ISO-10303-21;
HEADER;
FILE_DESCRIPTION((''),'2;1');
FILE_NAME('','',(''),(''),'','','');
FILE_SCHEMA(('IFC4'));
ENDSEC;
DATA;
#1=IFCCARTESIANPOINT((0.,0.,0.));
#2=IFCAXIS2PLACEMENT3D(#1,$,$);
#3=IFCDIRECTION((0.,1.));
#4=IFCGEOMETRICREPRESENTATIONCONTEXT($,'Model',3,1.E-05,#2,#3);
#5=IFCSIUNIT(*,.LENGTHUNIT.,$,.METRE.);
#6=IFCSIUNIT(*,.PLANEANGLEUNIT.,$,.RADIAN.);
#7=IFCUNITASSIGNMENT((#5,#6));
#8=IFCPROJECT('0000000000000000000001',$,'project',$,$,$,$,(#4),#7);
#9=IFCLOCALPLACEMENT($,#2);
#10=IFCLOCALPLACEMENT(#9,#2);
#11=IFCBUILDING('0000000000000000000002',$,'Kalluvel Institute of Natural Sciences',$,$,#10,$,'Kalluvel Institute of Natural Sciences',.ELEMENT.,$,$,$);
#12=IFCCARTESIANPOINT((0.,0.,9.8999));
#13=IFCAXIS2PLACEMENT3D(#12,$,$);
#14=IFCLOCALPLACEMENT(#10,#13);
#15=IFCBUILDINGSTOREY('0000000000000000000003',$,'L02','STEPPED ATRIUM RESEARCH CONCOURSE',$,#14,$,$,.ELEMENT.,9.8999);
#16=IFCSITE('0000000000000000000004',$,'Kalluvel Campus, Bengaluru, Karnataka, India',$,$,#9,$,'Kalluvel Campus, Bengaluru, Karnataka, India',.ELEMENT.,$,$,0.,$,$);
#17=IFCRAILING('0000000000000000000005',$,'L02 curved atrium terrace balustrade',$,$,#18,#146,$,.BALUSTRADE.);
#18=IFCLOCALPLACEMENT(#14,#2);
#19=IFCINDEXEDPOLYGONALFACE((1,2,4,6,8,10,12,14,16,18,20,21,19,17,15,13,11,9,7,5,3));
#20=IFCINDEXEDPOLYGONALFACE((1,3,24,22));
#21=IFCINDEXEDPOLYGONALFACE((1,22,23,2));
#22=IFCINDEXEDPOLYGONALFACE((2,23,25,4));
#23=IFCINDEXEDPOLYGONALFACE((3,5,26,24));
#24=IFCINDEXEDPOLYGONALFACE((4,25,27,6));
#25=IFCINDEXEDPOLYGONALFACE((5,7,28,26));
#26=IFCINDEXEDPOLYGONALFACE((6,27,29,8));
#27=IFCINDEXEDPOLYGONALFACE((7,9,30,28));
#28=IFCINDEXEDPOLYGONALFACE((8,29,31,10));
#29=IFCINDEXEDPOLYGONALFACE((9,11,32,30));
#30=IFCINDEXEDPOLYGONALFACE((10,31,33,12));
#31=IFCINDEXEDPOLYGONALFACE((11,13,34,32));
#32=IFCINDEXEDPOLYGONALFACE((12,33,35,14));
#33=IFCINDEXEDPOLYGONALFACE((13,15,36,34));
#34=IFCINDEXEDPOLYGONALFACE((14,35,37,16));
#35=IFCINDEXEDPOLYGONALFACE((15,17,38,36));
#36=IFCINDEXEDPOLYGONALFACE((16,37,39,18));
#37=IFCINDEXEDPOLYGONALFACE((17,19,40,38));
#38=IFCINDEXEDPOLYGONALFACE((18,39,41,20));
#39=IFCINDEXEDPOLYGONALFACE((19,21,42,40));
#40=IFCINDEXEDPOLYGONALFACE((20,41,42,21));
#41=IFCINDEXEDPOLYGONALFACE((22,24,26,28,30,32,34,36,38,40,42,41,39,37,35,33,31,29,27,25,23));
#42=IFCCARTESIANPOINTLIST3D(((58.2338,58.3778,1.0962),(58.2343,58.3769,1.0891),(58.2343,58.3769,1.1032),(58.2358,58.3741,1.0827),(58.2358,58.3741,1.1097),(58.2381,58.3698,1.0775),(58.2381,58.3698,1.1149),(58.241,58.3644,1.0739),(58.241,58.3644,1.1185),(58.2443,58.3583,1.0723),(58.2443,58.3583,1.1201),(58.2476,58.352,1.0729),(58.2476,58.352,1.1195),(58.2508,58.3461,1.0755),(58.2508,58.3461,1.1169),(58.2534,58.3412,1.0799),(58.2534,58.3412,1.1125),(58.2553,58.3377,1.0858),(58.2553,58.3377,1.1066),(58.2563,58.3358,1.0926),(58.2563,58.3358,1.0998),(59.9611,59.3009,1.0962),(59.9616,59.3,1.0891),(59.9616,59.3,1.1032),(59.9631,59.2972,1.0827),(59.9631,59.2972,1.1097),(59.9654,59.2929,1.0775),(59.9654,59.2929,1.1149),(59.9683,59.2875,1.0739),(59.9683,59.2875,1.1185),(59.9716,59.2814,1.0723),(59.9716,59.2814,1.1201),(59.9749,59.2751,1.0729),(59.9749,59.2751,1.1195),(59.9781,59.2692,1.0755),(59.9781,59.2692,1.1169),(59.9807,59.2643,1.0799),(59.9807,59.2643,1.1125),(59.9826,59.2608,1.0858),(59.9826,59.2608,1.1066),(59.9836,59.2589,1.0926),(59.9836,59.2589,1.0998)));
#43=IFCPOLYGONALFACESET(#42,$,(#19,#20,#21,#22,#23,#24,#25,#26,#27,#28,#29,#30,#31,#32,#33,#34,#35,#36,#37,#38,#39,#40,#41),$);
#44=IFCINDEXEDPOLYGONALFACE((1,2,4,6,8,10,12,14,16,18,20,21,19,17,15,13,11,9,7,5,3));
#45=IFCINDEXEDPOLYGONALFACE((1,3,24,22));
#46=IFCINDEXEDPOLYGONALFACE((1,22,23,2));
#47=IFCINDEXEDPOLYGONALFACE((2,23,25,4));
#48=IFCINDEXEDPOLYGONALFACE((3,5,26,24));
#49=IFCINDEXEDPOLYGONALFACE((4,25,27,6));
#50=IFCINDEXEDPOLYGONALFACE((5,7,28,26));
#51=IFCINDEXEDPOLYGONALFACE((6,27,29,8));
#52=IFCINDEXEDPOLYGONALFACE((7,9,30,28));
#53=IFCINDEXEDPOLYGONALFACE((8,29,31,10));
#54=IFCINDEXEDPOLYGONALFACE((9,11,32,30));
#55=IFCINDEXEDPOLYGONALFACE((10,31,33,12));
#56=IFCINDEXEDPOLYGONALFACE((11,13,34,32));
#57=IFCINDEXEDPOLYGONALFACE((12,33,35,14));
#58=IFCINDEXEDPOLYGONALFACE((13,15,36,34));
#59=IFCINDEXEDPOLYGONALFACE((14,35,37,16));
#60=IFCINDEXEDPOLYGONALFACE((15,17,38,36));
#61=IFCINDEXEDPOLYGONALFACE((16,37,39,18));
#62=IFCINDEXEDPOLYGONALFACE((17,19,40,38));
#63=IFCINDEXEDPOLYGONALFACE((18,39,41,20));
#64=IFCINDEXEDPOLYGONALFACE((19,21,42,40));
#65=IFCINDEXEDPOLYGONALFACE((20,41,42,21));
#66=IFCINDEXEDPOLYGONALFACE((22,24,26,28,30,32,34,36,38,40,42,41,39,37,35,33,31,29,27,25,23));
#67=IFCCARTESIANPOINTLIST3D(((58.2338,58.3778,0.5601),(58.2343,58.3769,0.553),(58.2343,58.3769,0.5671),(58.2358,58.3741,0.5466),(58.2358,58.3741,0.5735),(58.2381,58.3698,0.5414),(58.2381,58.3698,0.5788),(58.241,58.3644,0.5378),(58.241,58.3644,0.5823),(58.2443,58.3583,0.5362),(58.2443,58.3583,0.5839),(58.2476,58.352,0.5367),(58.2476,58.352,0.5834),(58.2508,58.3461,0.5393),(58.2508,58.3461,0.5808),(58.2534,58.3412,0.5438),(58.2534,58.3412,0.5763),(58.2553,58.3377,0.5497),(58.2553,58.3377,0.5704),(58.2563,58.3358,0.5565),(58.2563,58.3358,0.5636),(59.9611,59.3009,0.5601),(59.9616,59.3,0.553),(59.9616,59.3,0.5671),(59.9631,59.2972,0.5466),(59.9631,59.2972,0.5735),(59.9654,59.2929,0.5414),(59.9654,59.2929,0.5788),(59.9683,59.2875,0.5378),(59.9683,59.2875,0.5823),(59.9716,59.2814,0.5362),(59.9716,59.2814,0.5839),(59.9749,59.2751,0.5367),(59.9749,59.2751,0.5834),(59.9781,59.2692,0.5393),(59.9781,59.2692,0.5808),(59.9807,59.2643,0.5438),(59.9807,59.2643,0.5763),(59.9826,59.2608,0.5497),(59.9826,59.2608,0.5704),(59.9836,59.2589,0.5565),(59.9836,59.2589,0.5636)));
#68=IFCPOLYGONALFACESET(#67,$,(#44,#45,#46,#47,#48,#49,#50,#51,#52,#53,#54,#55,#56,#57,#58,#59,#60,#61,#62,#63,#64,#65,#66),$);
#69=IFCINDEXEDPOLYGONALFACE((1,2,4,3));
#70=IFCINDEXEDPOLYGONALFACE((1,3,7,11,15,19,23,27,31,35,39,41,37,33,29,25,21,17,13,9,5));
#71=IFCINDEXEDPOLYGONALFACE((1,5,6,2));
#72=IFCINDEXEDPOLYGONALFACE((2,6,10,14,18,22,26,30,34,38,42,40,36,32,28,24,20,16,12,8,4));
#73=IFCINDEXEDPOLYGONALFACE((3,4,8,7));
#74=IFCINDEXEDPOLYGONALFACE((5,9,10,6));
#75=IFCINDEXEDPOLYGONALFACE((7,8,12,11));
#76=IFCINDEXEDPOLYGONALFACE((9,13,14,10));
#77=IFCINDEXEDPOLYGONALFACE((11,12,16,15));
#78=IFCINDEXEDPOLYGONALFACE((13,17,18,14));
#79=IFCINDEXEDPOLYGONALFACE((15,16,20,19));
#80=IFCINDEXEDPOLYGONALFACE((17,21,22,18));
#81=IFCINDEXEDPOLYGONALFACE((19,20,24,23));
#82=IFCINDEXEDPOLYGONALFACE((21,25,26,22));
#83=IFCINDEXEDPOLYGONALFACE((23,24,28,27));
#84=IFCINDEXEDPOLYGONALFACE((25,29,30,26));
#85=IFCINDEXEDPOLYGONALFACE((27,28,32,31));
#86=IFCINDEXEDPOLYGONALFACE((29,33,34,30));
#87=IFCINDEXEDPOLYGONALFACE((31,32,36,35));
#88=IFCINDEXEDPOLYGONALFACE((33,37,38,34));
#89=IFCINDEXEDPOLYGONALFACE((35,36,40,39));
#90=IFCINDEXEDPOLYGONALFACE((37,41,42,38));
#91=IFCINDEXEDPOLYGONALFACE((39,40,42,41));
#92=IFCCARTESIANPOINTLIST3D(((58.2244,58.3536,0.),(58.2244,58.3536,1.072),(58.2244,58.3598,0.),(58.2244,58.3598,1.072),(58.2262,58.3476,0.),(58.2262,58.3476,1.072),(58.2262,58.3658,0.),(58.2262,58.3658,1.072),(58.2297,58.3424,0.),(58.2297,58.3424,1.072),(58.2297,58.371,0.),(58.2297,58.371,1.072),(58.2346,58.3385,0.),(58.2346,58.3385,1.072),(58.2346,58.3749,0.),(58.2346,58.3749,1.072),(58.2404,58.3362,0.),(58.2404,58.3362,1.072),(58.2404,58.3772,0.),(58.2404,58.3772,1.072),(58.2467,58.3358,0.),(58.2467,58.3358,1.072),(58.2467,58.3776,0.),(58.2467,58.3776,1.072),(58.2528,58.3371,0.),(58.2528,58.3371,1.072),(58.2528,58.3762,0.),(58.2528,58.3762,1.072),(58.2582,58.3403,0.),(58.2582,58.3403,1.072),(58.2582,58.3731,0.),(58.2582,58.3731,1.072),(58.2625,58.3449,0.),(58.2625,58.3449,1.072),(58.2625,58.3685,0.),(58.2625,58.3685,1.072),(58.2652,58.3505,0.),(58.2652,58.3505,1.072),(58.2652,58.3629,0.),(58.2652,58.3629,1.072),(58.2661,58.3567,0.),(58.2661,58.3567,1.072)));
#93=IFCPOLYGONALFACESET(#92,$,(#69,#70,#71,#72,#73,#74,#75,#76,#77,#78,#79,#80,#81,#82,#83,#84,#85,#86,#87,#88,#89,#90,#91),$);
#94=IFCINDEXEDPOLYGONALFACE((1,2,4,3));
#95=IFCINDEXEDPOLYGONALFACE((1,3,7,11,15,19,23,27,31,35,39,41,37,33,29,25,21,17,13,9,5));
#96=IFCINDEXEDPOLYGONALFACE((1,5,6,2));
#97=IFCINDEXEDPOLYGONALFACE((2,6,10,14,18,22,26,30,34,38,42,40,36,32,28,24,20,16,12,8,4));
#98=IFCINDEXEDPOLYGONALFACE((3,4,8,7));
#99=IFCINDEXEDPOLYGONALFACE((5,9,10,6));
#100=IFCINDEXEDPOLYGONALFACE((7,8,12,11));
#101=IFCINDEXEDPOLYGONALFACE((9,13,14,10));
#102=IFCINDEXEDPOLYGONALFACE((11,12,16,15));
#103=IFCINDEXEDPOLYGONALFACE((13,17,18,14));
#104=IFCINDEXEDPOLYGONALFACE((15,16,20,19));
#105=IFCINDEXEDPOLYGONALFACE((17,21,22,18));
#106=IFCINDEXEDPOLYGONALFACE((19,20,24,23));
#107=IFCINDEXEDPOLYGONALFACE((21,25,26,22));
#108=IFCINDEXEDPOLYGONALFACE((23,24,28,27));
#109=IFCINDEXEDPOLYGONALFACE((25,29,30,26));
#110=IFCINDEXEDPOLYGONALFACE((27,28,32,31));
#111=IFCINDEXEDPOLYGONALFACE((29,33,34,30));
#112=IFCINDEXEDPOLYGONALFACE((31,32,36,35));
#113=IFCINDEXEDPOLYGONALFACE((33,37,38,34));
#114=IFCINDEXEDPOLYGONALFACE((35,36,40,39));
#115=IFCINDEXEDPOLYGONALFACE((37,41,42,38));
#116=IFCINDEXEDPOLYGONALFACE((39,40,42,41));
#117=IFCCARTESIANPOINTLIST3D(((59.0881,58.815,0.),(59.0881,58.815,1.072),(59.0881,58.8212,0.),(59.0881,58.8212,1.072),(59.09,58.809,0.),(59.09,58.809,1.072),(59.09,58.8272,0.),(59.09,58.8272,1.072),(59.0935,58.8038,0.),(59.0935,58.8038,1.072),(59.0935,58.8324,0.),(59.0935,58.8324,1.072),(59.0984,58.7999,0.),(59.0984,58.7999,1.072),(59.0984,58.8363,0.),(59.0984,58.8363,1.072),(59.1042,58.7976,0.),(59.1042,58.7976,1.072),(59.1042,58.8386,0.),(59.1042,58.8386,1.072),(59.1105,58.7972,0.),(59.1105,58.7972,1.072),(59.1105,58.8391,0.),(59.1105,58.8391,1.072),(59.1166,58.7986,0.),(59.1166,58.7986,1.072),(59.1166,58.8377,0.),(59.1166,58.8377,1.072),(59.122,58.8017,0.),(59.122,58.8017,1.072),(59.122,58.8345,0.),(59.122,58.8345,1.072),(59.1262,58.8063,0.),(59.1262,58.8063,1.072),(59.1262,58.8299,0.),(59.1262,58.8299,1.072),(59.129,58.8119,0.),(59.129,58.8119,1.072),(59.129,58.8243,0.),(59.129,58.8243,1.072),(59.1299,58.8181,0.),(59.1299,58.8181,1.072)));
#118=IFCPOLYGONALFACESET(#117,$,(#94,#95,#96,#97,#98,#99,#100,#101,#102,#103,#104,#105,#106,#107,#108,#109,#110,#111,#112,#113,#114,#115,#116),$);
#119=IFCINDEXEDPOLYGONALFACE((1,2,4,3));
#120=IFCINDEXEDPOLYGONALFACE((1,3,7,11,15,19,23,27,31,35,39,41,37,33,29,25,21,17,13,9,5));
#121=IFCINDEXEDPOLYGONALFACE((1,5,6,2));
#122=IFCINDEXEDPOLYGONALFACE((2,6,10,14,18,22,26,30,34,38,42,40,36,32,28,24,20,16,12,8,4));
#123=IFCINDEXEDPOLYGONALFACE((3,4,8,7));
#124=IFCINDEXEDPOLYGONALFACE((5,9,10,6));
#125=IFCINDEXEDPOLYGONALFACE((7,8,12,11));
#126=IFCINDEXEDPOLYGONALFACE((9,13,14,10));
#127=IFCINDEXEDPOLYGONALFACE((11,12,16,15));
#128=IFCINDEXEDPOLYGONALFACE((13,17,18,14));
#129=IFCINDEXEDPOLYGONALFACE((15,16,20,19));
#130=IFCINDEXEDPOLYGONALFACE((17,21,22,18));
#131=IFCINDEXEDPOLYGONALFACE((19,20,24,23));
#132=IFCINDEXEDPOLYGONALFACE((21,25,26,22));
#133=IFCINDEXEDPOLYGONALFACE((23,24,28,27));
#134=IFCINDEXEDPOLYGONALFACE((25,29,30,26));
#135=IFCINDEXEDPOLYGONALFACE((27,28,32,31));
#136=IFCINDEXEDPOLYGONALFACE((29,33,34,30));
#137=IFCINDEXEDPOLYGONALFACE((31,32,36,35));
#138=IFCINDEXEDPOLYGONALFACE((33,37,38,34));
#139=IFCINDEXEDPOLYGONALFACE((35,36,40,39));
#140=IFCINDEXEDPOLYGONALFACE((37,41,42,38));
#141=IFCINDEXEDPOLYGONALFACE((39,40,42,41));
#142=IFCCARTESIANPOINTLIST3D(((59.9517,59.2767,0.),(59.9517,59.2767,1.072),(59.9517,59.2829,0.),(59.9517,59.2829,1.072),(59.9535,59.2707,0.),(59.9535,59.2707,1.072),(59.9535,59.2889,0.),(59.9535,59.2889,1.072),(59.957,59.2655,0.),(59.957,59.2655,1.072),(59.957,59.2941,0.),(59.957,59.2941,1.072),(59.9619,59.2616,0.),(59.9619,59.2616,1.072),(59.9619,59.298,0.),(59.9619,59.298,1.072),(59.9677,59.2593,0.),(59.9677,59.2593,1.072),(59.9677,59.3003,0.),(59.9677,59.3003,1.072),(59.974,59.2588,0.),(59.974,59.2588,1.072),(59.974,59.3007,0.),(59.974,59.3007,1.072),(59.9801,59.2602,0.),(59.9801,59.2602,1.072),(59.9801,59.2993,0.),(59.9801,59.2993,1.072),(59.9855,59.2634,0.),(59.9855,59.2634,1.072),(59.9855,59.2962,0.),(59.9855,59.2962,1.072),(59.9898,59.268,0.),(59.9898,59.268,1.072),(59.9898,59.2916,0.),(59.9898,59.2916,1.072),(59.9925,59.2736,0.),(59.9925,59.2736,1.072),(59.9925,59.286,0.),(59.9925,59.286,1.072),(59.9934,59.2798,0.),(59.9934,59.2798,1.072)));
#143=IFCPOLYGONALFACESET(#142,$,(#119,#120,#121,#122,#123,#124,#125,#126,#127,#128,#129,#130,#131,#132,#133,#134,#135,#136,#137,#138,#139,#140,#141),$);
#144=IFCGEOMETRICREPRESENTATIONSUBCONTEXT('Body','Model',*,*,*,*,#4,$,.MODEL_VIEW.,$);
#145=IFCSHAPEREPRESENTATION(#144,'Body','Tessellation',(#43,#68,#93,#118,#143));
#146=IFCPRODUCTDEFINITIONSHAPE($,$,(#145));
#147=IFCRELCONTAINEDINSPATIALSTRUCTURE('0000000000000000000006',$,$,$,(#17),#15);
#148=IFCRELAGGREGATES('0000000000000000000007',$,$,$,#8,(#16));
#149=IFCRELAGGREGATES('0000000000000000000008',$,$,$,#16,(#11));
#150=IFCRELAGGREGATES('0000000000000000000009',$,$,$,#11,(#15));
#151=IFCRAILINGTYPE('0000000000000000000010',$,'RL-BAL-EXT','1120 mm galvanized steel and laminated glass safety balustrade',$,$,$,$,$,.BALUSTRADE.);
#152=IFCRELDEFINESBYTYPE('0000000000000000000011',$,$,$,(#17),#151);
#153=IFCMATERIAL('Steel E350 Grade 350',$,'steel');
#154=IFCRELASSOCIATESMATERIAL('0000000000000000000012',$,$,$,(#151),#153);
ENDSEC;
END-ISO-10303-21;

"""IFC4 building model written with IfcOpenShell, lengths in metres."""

from ifc_helpers import new_model, si_unit, direction, frame, origin, origin_2d, place, context, subcontext, project, spatial, circle, extrude, material, type_object, element, save


model = new_model("IFC4")

# Units and contexts
model_context = context("Model", 3, precision=1e-05, world=origin(), true_north=direction((0.0, 1.0)))
body_context = subcontext(model_context, "Body", "Model", "MODEL_VIEW")
ifc_project = project(units=[si_unit("LENGTHUNIT", "METRE"), si_unit("PLANEANGLEUNIT", "RADIAN")], contexts=[model_context])

# Site, building, storey
site_placement = place(None, origin())
site = spatial("IfcSite", under=ifc_project, at=site_placement, Name="Kalluvel Campus, Bengaluru, Karnataka, India", LongName="Kalluvel Campus, Bengaluru, Karnataka, India", CompositionType="ELEMENT", RefElevation=0.0)
building_placement = place(site_placement, origin())
building = spatial("IfcBuilding", under=site, at=building_placement, Name="Kalluvel Institute of Natural Sciences", LongName="Kalluvel Institute of Natural Sciences", CompositionType="ELEMENT")
storey_placement = place(building_placement, frame((0.0, 0.0, 9.8999)))
storey = spatial("IfcBuildingStorey", under=building, at=storey_placement, Name="L02", Description="STEPPED ATRIUM RESEARCH CONCOURSE", CompositionType="ELEMENT", Elevation=9.8999)

# Railing
ifc_material_1 = material(Name="Steel E350 Grade 350", Category="steel")
railing_type = type_object("IfcRailingType", Name="RL-BAL-EXT", Description="1120 mm galvanized steel and laminated glass safety balustrade", PredefinedType="BALUSTRADE", material=ifc_material_1)
railing_1_placement = place(storey_placement, frame((58.2451, 58.3567, 0.0)))
element("IfcRailing", 1, at=railing_1_placement, inside=storey, type_object=railing_type, Name="L02 curved atrium terrace balustrade", PredefinedType="BALUSTRADE", context=body_context, shape_type="SweptSolid", body=[
    extrude(circle(Radius=0.0239, at=origin_2d()), frame((0.0, 0.0, 1.0962), z_axis=(0.881956, 0.471332, 0.0), x_axis=(-0.471332, 0.881956, 0.0)), (0.0, 0.0, 1.0), 1.9585),
    extrude(circle(Radius=0.0239, at=origin_2d()), frame((0.0, 0.0, 0.5601), z_axis=(0.881956, 0.471332, 0.0), x_axis=(-0.471332, 0.881956, 0.0)), (0.0, 0.0, 1.0), 1.9585),
    extrude(circle(Radius=0.021, at=origin_2d()), origin(), (0.0, 0.0, 1.0), 1.072),
    extrude(circle(Radius=0.021, at=origin_2d()), frame((0.8638, 0.4614, 0.0)), (0.0, 0.0, 1.0), 1.072),
    extrude(circle(Radius=0.021, at=origin_2d()), frame((1.7273, 0.9231, 0.0)), (0.0, 0.0, 1.0), 1.072),
])

save(model, "model.ifc")
